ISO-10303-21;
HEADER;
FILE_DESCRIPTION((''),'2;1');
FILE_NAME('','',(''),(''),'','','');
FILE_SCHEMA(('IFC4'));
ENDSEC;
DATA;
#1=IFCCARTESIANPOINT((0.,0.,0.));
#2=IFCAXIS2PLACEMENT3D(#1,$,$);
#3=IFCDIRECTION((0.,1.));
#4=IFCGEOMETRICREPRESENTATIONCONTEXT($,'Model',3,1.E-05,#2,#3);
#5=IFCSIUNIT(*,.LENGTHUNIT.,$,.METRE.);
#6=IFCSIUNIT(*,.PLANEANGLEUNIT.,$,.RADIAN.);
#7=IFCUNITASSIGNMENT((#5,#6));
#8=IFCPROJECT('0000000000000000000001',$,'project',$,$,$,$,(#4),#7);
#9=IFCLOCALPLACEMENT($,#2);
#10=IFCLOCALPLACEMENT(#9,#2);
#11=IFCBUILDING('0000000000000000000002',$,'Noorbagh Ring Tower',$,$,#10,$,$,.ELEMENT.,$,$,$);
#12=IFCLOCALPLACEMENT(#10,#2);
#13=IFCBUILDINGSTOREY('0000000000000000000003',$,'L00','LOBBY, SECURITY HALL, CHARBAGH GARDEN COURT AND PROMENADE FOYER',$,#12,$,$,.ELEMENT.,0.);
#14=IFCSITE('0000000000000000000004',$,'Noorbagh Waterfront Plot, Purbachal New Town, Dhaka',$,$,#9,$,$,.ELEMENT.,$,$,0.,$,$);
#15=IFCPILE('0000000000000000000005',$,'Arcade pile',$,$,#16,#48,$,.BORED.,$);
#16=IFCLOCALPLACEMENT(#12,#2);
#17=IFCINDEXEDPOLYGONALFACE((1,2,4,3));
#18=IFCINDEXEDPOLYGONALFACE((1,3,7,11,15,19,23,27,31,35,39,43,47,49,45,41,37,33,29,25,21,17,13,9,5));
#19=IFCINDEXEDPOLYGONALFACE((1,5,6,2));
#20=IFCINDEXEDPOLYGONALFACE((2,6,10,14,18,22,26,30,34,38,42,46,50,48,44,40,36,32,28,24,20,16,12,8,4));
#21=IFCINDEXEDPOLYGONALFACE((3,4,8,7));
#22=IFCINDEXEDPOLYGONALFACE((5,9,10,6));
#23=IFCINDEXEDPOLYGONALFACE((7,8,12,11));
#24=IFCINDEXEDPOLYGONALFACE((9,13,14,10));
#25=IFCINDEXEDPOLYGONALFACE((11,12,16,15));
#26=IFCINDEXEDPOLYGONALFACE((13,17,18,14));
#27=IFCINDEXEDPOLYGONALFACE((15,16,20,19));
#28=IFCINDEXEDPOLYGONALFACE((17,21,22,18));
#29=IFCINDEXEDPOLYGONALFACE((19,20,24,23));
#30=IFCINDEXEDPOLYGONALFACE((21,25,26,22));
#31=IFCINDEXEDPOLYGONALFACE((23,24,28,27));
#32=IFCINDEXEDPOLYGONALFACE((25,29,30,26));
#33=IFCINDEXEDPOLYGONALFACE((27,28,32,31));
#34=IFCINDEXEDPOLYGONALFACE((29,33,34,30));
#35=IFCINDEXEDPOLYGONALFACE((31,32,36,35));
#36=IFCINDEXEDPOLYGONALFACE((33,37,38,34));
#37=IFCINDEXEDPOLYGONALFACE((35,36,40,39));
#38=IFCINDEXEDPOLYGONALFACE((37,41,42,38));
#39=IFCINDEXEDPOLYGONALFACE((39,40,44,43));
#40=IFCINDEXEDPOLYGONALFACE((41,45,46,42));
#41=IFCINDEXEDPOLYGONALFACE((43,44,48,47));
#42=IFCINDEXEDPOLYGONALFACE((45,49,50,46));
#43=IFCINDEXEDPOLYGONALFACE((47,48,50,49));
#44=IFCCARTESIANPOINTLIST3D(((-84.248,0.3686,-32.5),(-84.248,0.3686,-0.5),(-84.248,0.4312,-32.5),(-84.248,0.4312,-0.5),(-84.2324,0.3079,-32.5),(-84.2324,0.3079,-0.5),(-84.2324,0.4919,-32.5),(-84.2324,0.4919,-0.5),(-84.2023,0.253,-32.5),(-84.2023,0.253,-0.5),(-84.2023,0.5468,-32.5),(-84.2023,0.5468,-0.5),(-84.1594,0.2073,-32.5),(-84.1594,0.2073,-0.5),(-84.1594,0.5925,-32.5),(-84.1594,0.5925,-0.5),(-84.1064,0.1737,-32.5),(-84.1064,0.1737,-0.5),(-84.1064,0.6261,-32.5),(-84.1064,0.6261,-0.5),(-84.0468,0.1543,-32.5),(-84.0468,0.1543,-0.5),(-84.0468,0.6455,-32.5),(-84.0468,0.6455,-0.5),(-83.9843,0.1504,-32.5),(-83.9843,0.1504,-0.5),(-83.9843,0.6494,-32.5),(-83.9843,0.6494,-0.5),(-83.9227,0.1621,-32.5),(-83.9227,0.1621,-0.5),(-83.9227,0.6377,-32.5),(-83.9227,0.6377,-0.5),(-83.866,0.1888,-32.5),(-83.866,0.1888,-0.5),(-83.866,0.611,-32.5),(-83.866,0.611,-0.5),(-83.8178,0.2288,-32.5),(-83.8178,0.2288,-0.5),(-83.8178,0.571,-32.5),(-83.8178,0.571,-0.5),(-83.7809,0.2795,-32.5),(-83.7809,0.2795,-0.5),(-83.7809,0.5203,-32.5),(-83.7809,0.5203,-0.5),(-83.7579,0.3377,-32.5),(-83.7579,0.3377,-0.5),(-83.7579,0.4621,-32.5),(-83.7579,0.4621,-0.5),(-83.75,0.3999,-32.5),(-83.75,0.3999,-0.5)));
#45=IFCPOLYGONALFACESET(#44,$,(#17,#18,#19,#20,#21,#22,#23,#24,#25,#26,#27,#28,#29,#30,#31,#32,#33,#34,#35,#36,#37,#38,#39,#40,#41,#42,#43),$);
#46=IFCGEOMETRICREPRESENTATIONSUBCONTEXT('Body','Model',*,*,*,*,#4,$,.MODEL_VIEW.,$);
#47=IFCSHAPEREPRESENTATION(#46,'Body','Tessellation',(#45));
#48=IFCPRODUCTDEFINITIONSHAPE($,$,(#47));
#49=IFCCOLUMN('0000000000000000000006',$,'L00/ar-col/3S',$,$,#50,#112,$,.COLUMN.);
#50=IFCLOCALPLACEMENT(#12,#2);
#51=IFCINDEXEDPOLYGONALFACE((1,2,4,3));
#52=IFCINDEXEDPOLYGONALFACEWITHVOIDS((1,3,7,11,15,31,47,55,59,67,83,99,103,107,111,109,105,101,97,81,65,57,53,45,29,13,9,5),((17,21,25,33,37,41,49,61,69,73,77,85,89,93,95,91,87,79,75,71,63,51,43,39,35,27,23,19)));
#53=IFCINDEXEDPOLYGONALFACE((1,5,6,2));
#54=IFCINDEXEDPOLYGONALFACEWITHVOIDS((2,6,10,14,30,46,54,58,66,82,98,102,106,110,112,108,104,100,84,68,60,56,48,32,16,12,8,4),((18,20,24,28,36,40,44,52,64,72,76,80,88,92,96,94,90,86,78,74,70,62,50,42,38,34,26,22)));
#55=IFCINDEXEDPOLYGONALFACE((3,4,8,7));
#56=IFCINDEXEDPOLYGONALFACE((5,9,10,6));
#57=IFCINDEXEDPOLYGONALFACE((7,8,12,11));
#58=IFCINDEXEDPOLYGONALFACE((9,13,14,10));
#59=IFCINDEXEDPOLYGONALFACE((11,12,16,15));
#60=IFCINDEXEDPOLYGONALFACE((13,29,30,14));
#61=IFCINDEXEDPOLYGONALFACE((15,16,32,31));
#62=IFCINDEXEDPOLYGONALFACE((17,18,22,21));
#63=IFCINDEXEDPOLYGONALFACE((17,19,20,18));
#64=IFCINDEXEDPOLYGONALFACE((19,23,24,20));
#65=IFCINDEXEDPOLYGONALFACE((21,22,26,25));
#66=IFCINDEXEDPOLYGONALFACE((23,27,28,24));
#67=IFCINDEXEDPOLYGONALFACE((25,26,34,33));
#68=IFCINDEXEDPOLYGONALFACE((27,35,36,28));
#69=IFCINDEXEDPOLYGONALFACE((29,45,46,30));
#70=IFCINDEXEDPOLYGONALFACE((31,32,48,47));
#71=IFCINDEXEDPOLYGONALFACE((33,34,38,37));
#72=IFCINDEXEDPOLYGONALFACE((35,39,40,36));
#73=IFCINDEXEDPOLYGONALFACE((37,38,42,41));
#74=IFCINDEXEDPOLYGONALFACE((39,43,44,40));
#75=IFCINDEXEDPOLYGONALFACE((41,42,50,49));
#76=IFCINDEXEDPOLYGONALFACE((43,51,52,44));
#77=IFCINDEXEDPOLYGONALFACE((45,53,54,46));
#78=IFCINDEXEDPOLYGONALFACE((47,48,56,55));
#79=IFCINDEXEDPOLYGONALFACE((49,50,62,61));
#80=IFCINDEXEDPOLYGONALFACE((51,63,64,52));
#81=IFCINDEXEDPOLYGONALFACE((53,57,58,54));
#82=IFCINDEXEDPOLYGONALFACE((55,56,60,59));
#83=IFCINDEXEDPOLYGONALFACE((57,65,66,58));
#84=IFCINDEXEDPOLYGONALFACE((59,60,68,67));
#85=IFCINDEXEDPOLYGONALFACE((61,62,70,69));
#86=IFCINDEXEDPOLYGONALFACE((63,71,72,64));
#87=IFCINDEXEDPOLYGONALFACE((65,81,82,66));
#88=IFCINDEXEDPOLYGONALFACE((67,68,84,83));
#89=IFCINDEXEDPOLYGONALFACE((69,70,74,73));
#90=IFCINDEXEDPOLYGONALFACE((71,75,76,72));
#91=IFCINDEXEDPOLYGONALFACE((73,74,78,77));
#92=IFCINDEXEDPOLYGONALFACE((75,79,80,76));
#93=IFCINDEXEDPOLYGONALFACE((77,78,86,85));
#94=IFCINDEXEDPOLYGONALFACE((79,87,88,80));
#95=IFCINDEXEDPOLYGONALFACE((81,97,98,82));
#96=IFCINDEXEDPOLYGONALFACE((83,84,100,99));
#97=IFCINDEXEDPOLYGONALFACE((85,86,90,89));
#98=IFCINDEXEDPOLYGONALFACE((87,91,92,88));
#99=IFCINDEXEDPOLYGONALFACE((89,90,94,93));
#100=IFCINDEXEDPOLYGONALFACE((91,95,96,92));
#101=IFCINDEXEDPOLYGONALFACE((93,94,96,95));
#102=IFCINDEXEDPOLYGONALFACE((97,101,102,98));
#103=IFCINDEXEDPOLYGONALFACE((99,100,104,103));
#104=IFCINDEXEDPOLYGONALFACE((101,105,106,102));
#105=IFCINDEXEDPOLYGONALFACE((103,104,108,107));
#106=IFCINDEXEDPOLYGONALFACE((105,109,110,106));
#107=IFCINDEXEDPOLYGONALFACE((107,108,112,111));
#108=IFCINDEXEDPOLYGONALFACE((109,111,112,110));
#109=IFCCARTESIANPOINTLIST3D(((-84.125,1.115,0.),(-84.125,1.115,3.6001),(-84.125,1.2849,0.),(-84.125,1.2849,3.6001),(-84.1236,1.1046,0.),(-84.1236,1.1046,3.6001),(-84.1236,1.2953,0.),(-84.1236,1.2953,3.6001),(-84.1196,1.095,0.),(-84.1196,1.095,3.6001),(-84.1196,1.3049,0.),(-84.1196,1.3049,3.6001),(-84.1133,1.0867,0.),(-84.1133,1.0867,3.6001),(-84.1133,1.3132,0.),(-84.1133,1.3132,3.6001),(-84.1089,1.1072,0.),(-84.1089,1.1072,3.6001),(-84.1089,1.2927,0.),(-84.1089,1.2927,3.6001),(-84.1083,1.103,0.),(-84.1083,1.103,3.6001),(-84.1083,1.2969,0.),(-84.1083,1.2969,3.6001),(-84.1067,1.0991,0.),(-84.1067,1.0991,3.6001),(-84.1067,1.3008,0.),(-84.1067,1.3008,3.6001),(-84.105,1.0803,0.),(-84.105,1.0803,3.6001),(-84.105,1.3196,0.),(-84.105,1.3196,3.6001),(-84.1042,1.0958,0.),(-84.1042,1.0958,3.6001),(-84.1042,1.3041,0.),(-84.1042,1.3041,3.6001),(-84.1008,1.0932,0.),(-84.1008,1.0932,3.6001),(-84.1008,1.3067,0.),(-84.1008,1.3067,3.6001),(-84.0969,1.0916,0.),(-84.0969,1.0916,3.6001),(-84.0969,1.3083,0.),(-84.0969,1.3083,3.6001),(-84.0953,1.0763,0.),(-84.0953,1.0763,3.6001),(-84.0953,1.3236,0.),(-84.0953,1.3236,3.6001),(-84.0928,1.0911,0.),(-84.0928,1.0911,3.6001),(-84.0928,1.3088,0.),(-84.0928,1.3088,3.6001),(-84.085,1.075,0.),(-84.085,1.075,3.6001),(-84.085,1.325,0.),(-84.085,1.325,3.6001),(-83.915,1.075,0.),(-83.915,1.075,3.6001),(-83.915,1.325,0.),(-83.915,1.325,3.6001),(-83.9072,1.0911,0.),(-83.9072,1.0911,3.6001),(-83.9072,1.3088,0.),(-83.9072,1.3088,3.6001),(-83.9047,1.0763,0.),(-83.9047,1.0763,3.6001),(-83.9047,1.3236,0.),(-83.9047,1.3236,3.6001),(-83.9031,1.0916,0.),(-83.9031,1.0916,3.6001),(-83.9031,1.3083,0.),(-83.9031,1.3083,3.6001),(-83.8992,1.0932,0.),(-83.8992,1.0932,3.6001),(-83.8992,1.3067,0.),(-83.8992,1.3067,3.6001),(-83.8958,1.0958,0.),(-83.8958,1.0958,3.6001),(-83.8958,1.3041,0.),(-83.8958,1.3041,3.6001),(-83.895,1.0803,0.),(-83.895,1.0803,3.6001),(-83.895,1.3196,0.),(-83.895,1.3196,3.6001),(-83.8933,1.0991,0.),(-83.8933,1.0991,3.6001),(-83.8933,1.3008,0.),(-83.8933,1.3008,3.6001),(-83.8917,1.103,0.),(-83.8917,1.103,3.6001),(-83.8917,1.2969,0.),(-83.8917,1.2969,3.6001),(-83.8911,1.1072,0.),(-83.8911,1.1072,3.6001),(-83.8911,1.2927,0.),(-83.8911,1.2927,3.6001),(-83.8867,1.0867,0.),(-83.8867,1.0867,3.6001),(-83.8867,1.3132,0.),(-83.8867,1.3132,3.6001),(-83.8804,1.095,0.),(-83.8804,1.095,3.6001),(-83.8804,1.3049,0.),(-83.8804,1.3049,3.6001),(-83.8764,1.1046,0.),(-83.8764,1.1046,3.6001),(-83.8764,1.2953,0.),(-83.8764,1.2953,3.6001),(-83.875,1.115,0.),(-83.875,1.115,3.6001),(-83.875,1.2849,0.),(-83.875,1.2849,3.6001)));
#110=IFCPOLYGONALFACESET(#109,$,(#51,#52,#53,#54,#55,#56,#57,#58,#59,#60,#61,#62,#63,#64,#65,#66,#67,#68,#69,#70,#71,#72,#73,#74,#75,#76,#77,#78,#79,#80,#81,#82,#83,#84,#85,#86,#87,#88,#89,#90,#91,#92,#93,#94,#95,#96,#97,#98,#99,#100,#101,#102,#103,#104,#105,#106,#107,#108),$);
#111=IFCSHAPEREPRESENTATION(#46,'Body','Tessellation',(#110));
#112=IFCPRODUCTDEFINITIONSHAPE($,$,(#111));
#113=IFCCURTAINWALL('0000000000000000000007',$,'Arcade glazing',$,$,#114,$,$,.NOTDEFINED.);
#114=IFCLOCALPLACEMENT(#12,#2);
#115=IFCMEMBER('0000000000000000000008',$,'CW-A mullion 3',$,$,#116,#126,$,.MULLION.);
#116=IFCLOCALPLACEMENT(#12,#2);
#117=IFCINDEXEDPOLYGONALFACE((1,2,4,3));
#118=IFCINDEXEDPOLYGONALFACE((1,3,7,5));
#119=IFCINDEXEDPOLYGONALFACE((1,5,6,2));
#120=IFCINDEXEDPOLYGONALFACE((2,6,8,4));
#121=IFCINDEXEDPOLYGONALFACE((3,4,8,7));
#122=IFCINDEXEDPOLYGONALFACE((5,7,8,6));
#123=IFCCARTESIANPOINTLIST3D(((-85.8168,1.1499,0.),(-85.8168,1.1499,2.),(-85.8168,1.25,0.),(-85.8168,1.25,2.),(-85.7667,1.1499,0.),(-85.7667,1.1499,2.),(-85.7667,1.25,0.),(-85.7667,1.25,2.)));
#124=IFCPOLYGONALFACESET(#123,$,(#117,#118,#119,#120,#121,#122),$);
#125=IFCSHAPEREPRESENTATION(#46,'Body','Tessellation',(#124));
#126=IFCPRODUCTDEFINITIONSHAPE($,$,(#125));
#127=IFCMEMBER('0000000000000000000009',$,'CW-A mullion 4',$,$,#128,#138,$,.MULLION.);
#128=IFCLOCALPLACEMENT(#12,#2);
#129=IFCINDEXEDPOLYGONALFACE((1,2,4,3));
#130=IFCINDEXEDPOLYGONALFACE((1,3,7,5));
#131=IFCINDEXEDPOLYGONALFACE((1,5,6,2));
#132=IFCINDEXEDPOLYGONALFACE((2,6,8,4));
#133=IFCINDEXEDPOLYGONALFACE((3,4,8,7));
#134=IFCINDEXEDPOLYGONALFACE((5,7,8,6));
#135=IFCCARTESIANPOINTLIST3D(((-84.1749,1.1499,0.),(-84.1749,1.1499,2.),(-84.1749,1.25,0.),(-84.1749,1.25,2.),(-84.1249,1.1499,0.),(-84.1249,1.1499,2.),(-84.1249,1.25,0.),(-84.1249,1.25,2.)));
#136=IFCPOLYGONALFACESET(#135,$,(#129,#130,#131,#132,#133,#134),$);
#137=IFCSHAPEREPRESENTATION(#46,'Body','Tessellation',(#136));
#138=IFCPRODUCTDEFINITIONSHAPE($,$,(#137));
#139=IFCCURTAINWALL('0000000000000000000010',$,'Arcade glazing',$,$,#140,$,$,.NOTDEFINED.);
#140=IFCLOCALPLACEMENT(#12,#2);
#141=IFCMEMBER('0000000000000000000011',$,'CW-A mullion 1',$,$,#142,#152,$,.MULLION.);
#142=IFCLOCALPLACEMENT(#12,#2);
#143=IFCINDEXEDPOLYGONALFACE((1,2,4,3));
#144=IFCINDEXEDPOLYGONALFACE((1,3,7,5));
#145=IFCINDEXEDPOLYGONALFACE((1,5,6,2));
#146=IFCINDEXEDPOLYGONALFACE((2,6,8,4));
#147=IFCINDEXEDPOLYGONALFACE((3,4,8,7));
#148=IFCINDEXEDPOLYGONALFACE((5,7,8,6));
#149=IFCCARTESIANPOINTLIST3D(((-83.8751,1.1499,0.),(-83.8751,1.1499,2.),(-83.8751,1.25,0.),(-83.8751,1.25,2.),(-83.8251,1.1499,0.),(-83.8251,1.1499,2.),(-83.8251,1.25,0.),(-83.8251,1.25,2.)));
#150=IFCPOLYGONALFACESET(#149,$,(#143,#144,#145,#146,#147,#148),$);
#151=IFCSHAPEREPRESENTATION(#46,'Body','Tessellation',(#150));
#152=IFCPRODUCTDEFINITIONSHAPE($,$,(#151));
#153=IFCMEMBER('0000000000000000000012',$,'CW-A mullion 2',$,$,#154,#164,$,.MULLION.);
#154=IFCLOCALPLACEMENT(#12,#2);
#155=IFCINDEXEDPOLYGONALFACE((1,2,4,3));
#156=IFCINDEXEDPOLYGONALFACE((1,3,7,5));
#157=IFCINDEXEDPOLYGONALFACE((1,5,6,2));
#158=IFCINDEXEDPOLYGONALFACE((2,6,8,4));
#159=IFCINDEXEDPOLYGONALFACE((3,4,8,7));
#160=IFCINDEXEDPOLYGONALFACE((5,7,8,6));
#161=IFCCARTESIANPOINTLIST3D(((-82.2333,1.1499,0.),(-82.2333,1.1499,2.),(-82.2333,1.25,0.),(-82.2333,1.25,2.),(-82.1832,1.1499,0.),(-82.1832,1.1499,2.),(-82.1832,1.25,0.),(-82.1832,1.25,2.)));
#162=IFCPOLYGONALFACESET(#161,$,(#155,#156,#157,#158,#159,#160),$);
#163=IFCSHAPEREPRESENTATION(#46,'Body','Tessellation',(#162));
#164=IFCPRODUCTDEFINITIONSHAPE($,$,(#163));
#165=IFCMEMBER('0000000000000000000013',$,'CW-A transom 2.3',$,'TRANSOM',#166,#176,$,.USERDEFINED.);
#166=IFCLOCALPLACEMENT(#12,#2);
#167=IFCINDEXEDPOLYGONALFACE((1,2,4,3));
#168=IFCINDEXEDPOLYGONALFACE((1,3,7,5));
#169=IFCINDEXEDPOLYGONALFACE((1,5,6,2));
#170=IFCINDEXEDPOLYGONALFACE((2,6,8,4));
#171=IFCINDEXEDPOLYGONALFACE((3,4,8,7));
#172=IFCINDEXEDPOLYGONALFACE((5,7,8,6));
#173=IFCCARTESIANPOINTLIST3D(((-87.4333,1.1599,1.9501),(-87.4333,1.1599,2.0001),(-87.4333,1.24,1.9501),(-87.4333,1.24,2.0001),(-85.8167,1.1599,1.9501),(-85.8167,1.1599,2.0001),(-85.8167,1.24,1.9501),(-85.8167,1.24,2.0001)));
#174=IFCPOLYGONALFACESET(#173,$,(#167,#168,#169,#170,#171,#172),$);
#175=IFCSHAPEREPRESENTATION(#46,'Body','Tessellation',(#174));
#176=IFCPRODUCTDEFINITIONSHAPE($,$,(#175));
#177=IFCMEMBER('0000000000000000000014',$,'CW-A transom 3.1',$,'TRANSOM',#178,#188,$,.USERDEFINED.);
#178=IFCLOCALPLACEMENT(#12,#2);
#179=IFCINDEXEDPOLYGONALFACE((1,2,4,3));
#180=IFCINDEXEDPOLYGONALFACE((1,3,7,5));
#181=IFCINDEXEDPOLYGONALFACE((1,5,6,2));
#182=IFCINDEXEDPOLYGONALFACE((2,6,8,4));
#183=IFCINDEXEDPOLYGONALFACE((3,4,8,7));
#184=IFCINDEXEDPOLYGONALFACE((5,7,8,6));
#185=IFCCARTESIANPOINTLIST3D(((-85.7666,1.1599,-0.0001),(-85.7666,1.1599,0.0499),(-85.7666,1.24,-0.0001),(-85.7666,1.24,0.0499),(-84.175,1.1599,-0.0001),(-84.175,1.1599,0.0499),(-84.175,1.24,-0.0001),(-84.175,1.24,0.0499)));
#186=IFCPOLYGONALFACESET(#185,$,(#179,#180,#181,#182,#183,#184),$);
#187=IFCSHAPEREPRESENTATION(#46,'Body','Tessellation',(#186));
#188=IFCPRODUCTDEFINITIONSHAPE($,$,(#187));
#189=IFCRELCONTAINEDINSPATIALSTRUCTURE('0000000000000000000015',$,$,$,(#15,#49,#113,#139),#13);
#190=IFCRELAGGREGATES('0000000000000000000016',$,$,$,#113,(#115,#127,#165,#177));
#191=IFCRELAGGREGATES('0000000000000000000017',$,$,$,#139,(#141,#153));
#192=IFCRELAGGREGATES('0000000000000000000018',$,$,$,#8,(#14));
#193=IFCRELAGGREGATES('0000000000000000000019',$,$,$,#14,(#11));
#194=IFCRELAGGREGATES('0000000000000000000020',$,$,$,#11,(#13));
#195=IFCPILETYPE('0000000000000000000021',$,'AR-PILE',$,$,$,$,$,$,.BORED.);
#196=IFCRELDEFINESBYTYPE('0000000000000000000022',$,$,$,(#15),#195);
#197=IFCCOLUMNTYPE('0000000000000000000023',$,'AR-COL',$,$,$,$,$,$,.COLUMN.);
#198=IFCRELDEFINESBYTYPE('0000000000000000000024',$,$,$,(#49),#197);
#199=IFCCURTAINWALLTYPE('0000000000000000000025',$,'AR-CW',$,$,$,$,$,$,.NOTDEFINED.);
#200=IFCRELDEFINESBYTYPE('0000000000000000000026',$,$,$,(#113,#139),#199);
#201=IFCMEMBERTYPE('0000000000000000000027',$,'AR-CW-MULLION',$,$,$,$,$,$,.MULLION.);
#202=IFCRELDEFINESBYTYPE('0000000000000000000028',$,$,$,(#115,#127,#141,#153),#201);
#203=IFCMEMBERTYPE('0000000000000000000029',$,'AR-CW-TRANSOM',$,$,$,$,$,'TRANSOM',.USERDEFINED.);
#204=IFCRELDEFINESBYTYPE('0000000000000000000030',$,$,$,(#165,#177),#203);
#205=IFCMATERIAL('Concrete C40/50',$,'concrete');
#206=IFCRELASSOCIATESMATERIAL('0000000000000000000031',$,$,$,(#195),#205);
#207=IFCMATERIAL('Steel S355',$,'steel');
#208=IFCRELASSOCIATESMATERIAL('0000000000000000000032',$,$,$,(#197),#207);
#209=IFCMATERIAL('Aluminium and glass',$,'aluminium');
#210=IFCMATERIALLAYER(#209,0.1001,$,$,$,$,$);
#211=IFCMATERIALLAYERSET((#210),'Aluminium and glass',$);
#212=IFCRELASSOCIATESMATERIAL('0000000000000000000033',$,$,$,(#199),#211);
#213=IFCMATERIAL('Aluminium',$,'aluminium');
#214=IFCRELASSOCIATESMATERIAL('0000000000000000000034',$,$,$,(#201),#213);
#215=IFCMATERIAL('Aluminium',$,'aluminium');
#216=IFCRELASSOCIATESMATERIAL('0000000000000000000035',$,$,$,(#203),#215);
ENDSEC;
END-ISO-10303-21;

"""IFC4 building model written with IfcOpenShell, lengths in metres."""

from ifc_helpers import new_model, si_unit, direction, frame, origin, origin_2d, place, context, subcontext, project, spatial, rectangle, hollow_rectangle, circle, extrude, material, layer, layer_set, material_profile, profile_set, type_object, element, aggregate, save


model = new_model("IFC4")

# Units and contexts
model_context = context("Model", 3, precision=1e-05, world=origin(), true_north=direction((0.0, 1.0)))
body_context = subcontext(model_context, "Body", "Model", "MODEL_VIEW")
ifc_project = project(units=[si_unit("LENGTHUNIT", "METRE"), si_unit("PLANEANGLEUNIT", "RADIAN")], contexts=[model_context])

# Site, building, storey
site_placement = place(None, origin())
site = spatial("IfcSite", under=ifc_project, at=site_placement, Name="Noorbagh Waterfront Plot, Purbachal New Town, Dhaka", CompositionType="ELEMENT", RefElevation=0.0)
building_placement = place(site_placement, origin())
building = spatial("IfcBuilding", under=site, at=building_placement, Name="Noorbagh Ring Tower", CompositionType="ELEMENT")
storey_placement = place(building_placement, origin())
storey = spatial("IfcBuildingStorey", under=building, at=storey_placement, Name="L00", Description="LOBBY, SECURITY HALL, CHARBAGH GARDEN COURT AND PROMENADE FOYER", CompositionType="ELEMENT", Elevation=0.0)

# Pile
ifc_material_1 = material(Name="Concrete C40/50", Category="concrete")
ifc_material_profile_1 = material_profile(ifc_material_1, circle(Radius=0.25, at=origin_2d()), Name="PILE500")
ifc_profile_set_1 = profile_set([ifc_material_profile_1], Name="Concrete C40/50")
pile_type = type_object("IfcPileType", Name="AR-PILE", PredefinedType="BORED", material=ifc_profile_set_1)
pile_placement = place(storey_placement, frame((-84.0, 0.3999, -0.5), z_axis=(0.0, 0.0, -1.0), x_axis=(1.0, 0.0, 0.0)))
element("IfcPile", 1, at=pile_placement, inside=storey, type_object=pile_type, Name="Arcade pile", PredefinedType="BORED", context=body_context, shape_type="SweptSolid", body=[
    extrude(circle(Radius=0.25, at=origin_2d()), origin(), (0.0, 0.0, 1.0), 32.0),
])

# Column
ifc_material_2 = material(Name="Steel S355", Category="steel")
ifc_material_profile_2 = material_profile(ifc_material_2, hollow_rectangle(XDim=0.25, YDim=0.25, WallThickness=0.0161, InnerFilletRadius=0.0161, OuterFilletRadius=0.04, at=origin_2d()), Name="SHS250x250x16")
ifc_profile_set_2 = profile_set([ifc_material_profile_2], Name="Steel S355")
column_type = type_object("IfcColumnType", Name="AR-COL", PredefinedType="COLUMN", material=ifc_profile_set_2)
column_placement = place(storey_placement, frame((-84.0, 1.2, 0.0), z_axis=(0.0, 0.0, 1.0), x_axis=(1.0, 0.0, 0.0)))
element("IfcColumn", 2, at=column_placement, inside=storey, type_object=column_type, Name="L00/ar-col/3S", PredefinedType="COLUMN", context=body_context, shape_type="SweptSolid", body=[
    extrude(hollow_rectangle(XDim=0.25, YDim=0.25, WallThickness=0.0161, InnerFilletRadius=0.0161, OuterFilletRadius=0.04, at=origin_2d()), origin(), (0.0, 0.0, 1.0), 3.6001),
])

# Curtain walls, members
ifc_material_3 = material(Name="Aluminium and glass", Category="aluminium")
ifc_layer_1 = layer(ifc_material_3, 0.1001)
ifc_layer_set_1 = layer_set([ifc_layer_1], Name="Aluminium and glass")
curtain_wall_type = type_object("IfcCurtainWallType", Name="AR-CW", PredefinedType="NOTDEFINED", material=ifc_layer_set_1)
curtain_wall_1_placement = place(storey_placement, origin())
curtain_wall_1 = element("IfcCurtainWall", 3, at=curtain_wall_1_placement, inside=storey, type_object=curtain_wall_type, Name="Arcade glazing", PredefinedType="NOTDEFINED")
ifc_material_4 = material(Name="Aluminium", Category="aluminium")
ifc_material_profile_3 = material_profile(ifc_material_4, rectangle(XDim=0.1001, YDim=0.05, at=origin_2d()), Name="AL 100x50")
ifc_profile_set_3 = profile_set([ifc_material_profile_3], Name="Aluminium")
member_type_1 = type_object("IfcMemberType", Name="AR-CW-MULLION", PredefinedType="MULLION", material=ifc_profile_set_3)
member_1_placement = place(storey_placement, frame((-85.7917, 1.2, 0.0), z_axis=(0.0, 0.0, 1.0), x_axis=(0.0, 1.0, 0.0)))
member_1 = element("IfcMember", 4, at=member_1_placement, type_object=member_type_1, Name="CW-A mullion 3", PredefinedType="MULLION", context=body_context, shape_type="SweptSolid", body=[
    extrude(rectangle(XDim=0.1001, YDim=0.05, at=origin_2d()), origin(), (0.0, 0.0, 1.0), 2.0),
])
member_2_placement = place(storey_placement, frame((-84.1499, 1.2, 0.0), z_axis=(0.0, 0.0, 1.0), x_axis=(0.0, 1.0, 0.0)))
member_2 = element("IfcMember", 5, at=member_2_placement, type_object=member_type_1, Name="CW-A mullion 4", PredefinedType="MULLION", context=body_context, shape_type="SweptSolid", body=[
    extrude(rectangle(XDim=0.1001, YDim=0.05, at=origin_2d()), origin(), (0.0, 0.0, 1.0), 2.0),
])
curtain_wall_2_placement = place(storey_placement, origin())
curtain_wall_2 = element("IfcCurtainWall", 6, at=curtain_wall_2_placement, inside=storey, type_object=curtain_wall_type, Name="Arcade glazing", PredefinedType="NOTDEFINED")
member_3_placement = place(storey_placement, frame((-83.8501, 1.2, 0.0), z_axis=(0.0, 0.0, 1.0), x_axis=(0.0, 1.0, 0.0)))
member_3 = element("IfcMember", 7, at=member_3_placement, type_object=member_type_1, Name="CW-A mullion 1", PredefinedType="MULLION", context=body_context, shape_type="SweptSolid", body=[
    extrude(rectangle(XDim=0.1001, YDim=0.05, at=origin_2d()), origin(), (0.0, 0.0, 1.0), 2.0),
])
member_4_placement = place(storey_placement, frame((-82.2083, 1.2, 0.0), z_axis=(0.0, 0.0, 1.0), x_axis=(0.0, 1.0, 0.0)))
member_4 = element("IfcMember", 8, at=member_4_placement, type_object=member_type_1, Name="CW-A mullion 2", PredefinedType="MULLION", context=body_context, shape_type="SweptSolid", body=[
    extrude(rectangle(XDim=0.1001, YDim=0.05, at=origin_2d()), origin(), (0.0, 0.0, 1.0), 2.0),
])

# Members
ifc_material_5 = material(Name="Aluminium", Category="aluminium")
ifc_material_profile_4 = material_profile(ifc_material_5, rectangle(XDim=0.0801, YDim=0.05, at=origin_2d()), Name="AL 80x50")
ifc_profile_set_4 = profile_set([ifc_material_profile_4], Name="Aluminium")
member_type_2 = type_object("IfcMemberType", Name="AR-CW-TRANSOM", ElementType="TRANSOM", PredefinedType="USERDEFINED", material=ifc_profile_set_4)
member_5_placement = place(storey_placement, frame((-87.4333, 1.2, 1.9751), z_axis=(1.0, 0.0, 0.0), x_axis=(0.0, 1.0, 0.0)))
member_5 = element("IfcMember", 9, at=member_5_placement, type_object=member_type_2, Name="CW-A transom 2.3", ObjectType="TRANSOM", PredefinedType="USERDEFINED", context=body_context, shape_type="SweptSolid", body=[
    extrude(rectangle(XDim=0.0801, YDim=0.05, at=origin_2d()), origin(), (0.0, 0.0, 1.0), 1.6167),
])
member_6_placement = place(storey_placement, frame((-85.7666, 1.2, 0.0249), z_axis=(1.0, 0.0, 0.0), x_axis=(0.0, 1.0, 0.0)))
member_6 = element("IfcMember", 10, at=member_6_placement, type_object=member_type_2, Name="CW-A transom 3.1", ObjectType="TRANSOM", PredefinedType="USERDEFINED", context=body_context, shape_type="SweptSolid", body=[
    extrude(rectangle(XDim=0.0801, YDim=0.05, at=origin_2d()), origin(), (0.0, 0.0, 1.0), 1.5916),
])

aggregate(curtain_wall_1, [member_1, member_2, member_5, member_6])
aggregate(curtain_wall_2, [member_3, member_4])

save(model, "model.ifc")
